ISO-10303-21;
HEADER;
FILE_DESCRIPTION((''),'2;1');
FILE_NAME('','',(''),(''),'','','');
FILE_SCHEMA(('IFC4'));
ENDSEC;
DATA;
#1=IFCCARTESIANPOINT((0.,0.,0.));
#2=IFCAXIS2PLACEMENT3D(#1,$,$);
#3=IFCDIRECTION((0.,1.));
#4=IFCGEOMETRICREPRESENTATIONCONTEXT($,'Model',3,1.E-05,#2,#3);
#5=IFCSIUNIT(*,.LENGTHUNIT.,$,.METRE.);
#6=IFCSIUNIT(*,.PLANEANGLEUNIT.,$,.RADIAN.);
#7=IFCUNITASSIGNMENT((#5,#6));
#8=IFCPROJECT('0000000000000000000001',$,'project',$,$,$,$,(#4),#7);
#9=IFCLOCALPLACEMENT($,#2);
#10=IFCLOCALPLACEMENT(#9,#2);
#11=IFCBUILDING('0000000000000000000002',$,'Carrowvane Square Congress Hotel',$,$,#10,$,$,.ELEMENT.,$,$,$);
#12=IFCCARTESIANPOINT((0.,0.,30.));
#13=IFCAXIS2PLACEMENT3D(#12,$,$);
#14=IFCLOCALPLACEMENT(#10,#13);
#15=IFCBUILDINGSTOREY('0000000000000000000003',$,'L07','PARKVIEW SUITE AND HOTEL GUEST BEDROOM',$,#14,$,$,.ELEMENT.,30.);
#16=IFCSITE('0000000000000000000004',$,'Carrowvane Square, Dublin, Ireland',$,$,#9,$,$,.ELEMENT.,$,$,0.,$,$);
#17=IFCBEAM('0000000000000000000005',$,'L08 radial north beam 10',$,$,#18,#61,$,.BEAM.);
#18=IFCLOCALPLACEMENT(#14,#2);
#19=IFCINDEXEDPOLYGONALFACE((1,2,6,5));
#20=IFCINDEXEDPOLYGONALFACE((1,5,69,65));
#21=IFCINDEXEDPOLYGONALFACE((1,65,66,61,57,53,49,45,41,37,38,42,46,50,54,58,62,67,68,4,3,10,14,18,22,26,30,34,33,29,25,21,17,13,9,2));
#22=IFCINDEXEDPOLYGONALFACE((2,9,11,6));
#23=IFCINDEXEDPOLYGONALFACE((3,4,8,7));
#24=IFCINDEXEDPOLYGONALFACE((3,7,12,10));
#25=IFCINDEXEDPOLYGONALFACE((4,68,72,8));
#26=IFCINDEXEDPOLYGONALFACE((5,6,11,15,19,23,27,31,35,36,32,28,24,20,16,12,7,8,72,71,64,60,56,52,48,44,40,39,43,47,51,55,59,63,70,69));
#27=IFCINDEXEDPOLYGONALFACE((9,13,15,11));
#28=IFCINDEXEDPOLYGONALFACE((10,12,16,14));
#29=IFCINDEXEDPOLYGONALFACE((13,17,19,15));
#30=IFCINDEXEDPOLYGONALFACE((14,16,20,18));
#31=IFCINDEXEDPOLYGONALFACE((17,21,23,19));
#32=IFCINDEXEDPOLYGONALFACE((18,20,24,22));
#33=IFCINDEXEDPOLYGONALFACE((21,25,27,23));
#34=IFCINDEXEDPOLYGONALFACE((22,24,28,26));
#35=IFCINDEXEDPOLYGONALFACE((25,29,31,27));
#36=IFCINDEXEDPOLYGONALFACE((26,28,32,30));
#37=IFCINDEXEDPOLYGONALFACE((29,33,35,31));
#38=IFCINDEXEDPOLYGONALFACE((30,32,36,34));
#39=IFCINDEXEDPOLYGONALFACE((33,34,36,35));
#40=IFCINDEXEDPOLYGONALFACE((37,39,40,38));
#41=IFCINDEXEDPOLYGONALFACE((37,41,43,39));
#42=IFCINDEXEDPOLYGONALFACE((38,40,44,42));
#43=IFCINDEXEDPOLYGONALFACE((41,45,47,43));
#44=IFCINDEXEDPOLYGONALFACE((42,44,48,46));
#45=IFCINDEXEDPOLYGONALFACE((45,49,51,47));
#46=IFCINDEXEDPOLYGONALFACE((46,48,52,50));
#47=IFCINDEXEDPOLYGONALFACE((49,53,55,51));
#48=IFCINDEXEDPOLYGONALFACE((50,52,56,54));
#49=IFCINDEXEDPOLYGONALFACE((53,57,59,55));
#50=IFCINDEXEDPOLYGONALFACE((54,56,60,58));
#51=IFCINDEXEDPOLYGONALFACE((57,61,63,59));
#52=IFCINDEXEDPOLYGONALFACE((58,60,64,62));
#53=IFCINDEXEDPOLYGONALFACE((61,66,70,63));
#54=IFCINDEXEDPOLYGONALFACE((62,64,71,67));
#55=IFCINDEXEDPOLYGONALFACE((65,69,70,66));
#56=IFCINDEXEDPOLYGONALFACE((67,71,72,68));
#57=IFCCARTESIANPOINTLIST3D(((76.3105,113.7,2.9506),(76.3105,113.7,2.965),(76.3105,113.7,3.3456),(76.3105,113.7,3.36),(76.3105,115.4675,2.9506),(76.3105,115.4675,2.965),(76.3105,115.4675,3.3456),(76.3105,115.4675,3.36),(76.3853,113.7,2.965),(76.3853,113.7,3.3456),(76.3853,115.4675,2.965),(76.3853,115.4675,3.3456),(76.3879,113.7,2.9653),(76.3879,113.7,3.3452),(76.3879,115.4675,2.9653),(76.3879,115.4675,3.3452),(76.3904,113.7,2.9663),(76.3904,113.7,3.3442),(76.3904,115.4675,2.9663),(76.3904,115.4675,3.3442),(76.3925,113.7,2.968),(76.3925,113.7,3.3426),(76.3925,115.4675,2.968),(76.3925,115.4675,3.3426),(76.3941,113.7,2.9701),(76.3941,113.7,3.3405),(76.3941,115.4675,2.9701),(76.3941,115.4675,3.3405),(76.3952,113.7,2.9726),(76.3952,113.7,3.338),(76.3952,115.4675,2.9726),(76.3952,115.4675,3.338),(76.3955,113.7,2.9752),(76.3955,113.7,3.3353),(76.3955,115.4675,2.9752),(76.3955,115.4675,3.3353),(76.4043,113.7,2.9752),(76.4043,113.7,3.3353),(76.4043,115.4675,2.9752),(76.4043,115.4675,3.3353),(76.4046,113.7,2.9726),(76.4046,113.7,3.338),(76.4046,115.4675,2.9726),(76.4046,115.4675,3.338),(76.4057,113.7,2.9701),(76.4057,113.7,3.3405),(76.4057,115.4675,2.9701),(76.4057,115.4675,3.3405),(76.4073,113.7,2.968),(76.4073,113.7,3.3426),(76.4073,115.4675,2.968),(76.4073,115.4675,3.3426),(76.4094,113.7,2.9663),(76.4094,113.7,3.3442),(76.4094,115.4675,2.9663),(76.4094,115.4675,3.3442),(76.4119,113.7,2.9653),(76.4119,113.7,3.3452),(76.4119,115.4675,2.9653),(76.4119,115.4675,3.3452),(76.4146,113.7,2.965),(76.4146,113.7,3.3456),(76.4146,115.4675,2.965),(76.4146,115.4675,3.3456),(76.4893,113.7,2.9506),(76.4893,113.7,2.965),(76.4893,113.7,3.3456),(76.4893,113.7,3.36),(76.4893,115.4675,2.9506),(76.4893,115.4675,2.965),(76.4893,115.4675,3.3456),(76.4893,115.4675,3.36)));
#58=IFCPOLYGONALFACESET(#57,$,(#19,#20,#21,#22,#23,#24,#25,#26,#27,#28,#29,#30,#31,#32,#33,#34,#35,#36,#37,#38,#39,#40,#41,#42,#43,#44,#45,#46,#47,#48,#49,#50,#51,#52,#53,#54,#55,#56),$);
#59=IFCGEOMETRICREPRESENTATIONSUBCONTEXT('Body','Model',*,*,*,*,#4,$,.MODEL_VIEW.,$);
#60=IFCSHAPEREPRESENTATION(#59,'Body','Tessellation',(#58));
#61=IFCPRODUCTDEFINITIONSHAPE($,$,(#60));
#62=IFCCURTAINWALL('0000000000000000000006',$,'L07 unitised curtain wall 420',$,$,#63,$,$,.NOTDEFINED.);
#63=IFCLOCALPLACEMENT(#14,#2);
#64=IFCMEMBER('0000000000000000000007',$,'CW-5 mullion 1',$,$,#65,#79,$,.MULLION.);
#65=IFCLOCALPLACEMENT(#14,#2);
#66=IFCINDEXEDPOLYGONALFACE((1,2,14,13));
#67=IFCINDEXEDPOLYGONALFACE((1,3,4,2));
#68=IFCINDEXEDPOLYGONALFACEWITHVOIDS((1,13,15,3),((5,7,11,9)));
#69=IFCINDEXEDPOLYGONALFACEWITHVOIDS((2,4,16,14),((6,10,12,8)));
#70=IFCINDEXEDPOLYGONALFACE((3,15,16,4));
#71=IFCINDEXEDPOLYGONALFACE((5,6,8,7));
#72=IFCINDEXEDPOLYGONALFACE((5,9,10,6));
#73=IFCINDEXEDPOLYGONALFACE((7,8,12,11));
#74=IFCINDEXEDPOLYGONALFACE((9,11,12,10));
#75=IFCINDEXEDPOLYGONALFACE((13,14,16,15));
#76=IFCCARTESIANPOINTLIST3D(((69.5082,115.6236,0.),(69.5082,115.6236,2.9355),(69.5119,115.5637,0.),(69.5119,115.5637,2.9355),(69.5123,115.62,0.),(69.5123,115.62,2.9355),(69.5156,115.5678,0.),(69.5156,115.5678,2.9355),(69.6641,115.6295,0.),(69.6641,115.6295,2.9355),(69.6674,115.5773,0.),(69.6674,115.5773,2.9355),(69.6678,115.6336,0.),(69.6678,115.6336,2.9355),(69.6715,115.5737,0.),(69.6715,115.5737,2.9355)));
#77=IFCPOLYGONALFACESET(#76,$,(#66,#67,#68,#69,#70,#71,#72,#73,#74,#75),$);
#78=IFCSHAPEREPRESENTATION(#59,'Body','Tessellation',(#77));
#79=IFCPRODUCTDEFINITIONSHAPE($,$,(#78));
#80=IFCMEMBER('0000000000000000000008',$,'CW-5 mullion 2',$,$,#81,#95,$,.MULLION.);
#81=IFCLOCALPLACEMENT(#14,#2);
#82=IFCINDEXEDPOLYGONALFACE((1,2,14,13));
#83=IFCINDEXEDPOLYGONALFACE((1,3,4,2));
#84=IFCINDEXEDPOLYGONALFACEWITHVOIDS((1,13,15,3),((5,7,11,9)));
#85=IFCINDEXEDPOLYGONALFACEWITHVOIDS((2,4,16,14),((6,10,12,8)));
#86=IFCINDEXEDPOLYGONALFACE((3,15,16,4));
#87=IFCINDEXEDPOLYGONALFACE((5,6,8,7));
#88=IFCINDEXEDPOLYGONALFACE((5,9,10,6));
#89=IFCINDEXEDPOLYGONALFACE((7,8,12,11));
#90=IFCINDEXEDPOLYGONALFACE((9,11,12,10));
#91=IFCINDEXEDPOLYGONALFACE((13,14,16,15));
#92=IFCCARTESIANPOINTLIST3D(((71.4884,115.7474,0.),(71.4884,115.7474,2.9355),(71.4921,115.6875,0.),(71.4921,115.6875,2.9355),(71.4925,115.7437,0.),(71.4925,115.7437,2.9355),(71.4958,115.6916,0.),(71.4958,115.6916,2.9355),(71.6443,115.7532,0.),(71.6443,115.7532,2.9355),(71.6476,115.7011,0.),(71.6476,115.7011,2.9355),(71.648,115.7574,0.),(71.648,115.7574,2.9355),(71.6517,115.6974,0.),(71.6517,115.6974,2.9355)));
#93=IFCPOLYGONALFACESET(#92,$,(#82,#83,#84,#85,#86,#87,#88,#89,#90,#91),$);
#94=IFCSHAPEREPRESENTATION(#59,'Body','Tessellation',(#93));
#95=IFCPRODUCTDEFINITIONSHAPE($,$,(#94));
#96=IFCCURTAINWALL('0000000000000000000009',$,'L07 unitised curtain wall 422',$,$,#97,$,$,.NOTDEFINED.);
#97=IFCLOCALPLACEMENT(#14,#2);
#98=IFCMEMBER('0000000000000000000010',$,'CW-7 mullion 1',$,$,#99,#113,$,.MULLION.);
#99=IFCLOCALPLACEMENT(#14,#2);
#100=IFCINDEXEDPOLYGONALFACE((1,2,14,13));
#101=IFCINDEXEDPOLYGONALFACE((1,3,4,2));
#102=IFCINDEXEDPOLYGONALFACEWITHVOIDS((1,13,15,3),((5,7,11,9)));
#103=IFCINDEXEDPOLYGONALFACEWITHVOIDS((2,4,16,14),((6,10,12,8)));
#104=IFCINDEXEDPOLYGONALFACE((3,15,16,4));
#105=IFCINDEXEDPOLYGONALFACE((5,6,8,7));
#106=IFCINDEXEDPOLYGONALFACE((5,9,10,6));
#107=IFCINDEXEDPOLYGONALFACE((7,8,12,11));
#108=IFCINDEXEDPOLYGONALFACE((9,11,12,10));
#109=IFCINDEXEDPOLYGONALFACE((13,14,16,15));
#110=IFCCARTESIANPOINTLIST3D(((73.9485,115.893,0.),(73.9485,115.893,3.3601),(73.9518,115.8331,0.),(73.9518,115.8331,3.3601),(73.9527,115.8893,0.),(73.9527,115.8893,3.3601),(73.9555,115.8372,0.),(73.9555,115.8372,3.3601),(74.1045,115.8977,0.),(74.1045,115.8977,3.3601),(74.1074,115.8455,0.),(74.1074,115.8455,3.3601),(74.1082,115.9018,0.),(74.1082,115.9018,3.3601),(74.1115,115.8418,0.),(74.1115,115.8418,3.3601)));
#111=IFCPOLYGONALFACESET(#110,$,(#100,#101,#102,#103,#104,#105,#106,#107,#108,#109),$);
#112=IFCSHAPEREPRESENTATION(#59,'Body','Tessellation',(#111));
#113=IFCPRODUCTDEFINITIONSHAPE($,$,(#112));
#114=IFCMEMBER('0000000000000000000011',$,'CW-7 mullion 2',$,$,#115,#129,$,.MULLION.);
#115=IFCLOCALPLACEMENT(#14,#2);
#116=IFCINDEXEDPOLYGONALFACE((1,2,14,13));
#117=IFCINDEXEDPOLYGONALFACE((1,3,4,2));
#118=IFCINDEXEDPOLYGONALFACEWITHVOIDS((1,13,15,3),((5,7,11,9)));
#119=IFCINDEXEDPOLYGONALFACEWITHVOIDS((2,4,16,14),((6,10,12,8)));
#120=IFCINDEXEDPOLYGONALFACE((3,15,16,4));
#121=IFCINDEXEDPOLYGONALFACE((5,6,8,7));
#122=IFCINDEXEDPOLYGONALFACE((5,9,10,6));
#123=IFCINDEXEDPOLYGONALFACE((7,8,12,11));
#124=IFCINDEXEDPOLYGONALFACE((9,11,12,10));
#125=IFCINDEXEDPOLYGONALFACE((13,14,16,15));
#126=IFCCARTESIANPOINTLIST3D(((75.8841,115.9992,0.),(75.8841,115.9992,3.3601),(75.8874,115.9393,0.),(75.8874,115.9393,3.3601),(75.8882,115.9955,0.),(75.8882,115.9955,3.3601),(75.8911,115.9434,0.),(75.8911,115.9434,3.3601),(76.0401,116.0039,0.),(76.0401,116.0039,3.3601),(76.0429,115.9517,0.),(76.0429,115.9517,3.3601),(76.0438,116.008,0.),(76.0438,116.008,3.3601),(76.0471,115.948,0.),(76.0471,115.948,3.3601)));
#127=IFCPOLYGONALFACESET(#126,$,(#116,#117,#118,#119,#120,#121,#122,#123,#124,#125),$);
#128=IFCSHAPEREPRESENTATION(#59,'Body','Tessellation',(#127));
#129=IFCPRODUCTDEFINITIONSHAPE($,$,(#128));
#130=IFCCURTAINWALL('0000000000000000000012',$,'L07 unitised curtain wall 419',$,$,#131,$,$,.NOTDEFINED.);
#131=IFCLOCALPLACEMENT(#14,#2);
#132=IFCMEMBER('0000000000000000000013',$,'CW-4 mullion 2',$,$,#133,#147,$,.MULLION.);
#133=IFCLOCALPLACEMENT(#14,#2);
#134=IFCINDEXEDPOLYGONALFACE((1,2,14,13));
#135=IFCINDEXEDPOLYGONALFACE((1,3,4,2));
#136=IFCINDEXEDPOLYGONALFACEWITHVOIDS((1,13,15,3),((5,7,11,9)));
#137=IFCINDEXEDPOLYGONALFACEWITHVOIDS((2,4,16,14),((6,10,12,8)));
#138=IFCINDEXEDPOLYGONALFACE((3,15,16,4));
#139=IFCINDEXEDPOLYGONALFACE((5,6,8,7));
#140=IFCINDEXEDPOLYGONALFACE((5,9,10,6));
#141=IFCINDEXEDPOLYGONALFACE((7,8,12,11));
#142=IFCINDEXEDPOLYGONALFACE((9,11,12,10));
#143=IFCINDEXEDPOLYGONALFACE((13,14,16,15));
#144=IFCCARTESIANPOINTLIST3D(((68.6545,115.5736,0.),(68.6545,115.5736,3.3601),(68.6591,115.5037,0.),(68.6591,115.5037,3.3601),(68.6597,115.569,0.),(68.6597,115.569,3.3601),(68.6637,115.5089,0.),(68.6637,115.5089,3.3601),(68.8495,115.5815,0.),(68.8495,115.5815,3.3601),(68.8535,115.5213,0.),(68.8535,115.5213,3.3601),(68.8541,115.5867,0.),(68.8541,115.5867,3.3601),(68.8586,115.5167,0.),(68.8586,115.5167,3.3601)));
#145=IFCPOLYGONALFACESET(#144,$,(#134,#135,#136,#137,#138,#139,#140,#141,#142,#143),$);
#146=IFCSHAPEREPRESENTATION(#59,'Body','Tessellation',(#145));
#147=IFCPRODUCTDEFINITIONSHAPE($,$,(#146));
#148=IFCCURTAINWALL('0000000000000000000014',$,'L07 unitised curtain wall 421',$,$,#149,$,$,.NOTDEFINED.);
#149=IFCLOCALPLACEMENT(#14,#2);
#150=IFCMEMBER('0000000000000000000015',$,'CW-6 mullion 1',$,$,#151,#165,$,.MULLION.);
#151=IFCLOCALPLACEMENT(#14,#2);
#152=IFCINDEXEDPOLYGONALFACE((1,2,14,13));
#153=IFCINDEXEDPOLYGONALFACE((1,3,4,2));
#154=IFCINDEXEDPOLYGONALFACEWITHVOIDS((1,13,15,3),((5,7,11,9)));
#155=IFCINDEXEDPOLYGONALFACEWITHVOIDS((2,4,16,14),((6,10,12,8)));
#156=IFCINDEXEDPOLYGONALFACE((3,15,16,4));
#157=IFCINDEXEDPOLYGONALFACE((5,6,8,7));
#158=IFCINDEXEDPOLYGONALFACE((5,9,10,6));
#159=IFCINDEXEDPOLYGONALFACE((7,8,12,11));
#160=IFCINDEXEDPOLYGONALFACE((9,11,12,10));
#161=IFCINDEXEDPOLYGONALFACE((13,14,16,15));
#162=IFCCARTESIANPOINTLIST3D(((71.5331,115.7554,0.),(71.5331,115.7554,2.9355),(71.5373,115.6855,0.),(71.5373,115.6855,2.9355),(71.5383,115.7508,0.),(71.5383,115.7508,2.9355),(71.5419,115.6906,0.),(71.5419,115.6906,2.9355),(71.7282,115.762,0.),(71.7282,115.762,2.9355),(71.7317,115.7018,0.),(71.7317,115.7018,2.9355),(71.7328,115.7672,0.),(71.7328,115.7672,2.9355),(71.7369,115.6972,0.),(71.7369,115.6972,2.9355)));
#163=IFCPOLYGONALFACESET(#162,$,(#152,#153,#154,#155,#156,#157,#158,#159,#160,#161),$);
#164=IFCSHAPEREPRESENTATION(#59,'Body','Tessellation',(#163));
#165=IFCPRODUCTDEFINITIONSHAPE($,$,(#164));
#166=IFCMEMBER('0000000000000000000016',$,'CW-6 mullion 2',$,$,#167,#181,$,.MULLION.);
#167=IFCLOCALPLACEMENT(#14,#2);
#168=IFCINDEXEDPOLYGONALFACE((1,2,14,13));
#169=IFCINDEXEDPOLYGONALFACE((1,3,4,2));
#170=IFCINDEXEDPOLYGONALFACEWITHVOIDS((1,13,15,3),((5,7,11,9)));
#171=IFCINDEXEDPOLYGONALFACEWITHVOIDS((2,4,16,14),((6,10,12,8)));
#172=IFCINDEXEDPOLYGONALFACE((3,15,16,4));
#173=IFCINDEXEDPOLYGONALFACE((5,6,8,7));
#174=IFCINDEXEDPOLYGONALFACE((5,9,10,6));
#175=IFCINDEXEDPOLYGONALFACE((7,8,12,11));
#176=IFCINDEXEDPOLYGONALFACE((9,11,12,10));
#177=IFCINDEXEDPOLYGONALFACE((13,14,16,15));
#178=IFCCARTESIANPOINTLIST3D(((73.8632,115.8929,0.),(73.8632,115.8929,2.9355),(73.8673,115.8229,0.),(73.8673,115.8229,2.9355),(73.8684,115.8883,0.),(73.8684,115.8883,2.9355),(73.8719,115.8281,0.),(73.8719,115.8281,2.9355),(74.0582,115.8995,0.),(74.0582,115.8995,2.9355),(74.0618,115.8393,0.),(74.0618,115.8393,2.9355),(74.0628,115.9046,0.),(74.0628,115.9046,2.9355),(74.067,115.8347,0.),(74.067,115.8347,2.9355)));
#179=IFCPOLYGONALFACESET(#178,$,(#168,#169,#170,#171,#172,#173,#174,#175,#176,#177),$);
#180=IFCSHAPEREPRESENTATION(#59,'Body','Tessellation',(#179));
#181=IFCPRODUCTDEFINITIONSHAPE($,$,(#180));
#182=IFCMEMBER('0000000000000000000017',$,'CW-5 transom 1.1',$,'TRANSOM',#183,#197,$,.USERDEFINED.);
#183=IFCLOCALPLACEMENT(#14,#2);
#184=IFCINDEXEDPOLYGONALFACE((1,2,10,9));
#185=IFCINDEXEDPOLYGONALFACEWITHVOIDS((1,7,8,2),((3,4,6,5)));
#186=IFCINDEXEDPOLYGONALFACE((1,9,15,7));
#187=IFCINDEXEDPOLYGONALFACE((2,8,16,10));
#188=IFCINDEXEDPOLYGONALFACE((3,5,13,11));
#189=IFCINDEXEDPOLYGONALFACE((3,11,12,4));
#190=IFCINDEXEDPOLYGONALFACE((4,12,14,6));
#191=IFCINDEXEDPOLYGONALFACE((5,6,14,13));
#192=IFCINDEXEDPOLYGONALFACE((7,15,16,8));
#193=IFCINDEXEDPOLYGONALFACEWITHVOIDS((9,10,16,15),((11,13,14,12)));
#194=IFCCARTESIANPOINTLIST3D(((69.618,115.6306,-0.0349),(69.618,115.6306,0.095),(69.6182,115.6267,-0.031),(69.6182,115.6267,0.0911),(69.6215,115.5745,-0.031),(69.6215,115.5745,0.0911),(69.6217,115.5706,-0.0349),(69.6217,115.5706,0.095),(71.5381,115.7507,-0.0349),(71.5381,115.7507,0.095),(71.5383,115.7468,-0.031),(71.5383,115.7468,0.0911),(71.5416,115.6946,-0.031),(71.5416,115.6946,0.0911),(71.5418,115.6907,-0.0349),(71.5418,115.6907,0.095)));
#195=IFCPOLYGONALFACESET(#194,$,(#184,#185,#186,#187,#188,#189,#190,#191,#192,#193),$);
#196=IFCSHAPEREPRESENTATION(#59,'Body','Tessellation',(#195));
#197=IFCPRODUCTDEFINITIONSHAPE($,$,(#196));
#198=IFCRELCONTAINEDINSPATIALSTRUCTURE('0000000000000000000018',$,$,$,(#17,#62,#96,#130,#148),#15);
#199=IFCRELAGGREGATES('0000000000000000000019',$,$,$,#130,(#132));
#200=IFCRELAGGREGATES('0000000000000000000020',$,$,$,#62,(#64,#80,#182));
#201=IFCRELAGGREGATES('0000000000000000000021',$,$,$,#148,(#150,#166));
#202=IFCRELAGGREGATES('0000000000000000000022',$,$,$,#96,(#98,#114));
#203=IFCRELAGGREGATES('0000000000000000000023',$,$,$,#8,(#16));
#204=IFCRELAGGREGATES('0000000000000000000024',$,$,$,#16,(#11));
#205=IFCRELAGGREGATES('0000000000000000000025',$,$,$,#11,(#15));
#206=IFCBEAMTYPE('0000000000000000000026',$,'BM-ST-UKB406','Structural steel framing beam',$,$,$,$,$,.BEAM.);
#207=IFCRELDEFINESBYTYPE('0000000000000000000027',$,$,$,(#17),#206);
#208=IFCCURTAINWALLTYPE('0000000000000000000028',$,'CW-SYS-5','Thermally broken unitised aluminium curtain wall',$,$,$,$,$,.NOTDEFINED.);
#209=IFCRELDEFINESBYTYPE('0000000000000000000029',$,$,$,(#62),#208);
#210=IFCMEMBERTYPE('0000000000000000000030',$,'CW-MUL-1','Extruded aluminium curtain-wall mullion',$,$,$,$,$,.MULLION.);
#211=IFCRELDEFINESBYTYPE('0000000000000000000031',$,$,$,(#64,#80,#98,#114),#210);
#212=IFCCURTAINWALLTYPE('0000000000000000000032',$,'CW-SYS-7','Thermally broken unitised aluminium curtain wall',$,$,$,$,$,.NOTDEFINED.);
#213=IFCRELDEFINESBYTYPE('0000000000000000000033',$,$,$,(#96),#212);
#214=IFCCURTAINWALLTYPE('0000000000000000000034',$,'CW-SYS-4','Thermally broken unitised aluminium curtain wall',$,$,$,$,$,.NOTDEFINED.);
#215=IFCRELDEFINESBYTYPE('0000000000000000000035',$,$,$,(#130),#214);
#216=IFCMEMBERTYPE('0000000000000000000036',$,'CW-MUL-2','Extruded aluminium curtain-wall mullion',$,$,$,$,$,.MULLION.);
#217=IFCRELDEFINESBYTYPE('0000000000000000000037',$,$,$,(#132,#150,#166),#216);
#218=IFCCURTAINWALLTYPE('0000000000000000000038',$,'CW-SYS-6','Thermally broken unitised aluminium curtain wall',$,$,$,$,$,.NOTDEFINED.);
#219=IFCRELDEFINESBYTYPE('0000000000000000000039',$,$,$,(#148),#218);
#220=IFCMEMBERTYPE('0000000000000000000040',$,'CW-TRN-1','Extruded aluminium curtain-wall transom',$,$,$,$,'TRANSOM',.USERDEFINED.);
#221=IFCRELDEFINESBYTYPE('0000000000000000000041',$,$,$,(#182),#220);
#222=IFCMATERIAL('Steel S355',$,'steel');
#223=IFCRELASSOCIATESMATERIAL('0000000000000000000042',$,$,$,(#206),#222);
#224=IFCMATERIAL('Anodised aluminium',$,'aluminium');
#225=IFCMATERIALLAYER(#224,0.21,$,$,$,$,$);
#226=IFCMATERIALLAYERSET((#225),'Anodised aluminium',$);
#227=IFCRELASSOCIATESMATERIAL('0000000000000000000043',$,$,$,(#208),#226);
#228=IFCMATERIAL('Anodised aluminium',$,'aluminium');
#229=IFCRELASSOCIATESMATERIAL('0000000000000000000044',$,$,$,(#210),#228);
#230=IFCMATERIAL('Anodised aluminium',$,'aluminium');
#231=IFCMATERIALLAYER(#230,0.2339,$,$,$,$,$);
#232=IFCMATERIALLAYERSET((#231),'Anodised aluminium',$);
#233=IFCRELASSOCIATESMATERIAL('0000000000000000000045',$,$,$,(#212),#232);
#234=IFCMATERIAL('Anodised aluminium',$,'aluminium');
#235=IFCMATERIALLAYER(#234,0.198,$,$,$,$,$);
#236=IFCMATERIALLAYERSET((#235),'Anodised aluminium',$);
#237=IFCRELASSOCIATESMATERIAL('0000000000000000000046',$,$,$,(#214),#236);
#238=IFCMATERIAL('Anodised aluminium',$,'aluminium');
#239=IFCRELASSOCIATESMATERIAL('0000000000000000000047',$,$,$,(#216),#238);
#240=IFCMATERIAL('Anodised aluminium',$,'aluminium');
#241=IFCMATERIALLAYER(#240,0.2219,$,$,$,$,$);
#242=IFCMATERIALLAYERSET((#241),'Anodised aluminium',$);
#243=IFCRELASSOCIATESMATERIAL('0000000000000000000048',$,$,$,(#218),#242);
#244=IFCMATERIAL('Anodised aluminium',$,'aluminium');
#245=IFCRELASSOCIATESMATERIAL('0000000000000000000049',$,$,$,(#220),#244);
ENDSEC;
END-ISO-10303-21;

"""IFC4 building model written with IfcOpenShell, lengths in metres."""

from ifc_helpers import new_model, si_unit, direction, frame, origin, origin_2d, place, context, subcontext, project, spatial, hollow_rectangle, i_section, extrude, material, layer, layer_set, material_profile, profile_set, type_object, element, aggregate, save


model = new_model("IFC4")

# Units and contexts
model_context = context("Model", 3, precision=1e-05, world=origin(), true_north=direction((0.0, 1.0)))
body_context = subcontext(model_context, "Body", "Model", "MODEL_VIEW")
ifc_project = project(units=[si_unit("LENGTHUNIT", "METRE"), si_unit("PLANEANGLEUNIT", "RADIAN")], contexts=[model_context])

# Site, building, storey
site_placement = place(None, origin())
site = spatial("IfcSite", under=ifc_project, at=site_placement, Name="Carrowvane Square, Dublin, Ireland", CompositionType="ELEMENT", RefElevation=0.0)
building_placement = place(site_placement, origin())
building = spatial("IfcBuilding", under=site, at=building_placement, Name="Carrowvane Square Congress Hotel", CompositionType="ELEMENT")
storey_placement = place(building_placement, frame((0.0, 0.0, 30.0)))
storey = spatial("IfcBuildingStorey", under=building, at=storey_placement, Name="L07", Description="PARKVIEW SUITE AND HOTEL GUEST BEDROOM", CompositionType="ELEMENT", Elevation=30.0)

# Beam
ifc_material_1 = material(Name="Steel S355", Category="steel")
ifc_material_profile_1 = material_profile(ifc_material_1, i_section(OverallWidth=0.1787, OverallDepth=0.4094, WebThickness=0.0088, FlangeThickness=0.0144, FilletRadius=0.0103, at=origin_2d()), Name="UKB 406x178x67")
ifc_profile_set_1 = profile_set([ifc_material_profile_1], Name="Steel S355")
beam_type = type_object("IfcBeamType", Name="BM-ST-UKB406", Description="Structural steel framing beam", PredefinedType="BEAM", material=ifc_profile_set_1)
beam_1_placement = place(storey_placement, frame((76.3999, 113.7, 3.1553), z_axis=(0.0, 1.0, 0.0), x_axis=(-1.0, 0.0, 0.0)))
element("IfcBeam", 1, at=beam_1_placement, inside=storey, type_object=beam_type, Name="L08 radial north beam 10", PredefinedType="BEAM", context=body_context, shape_type="SweptSolid", body=[
    extrude(i_section(OverallWidth=0.1787, OverallDepth=0.4094, WebThickness=0.0088, FlangeThickness=0.0144, FilletRadius=0.0103, at=origin_2d()), origin(), (0.0, 0.0, 1.0), 1.7676),
])

# Curtain walls, members
ifc_material_2 = material(Name="Anodised aluminium", Category="aluminium")
ifc_layer_1 = layer(ifc_material_2, 0.21)
ifc_layer_set_1 = layer_set([ifc_layer_1], Name="Anodised aluminium")
curtain_wall_type_1 = type_object("IfcCurtainWallType", Name="CW-SYS-5", Description="Thermally broken unitised aluminium curtain wall", PredefinedType="NOTDEFINED", material=ifc_layer_set_1)
curtain_wall_1_placement = place(storey_placement, origin())
curtain_wall_1 = element("IfcCurtainWall", 2, at=curtain_wall_1_placement, inside=storey, type_object=curtain_wall_type_1, Name="L07 unitised curtain wall 420", PredefinedType="NOTDEFINED")
ifc_material_3 = material(Name="Anodised aluminium", Category="aluminium")
ifc_material_profile_2 = material_profile(ifc_material_3, hollow_rectangle(XDim=0.0601, YDim=0.1599, WallThickness=0.0039, at=origin_2d()), Name="CW-ML 60x160x4")
ifc_profile_set_2 = profile_set([ifc_material_profile_2], Name="Anodised aluminium")
member_type_1 = type_object("IfcMemberType", Name="CW-MUL-1", Description="Extruded aluminium curtain-wall mullion", PredefinedType="MULLION", material=ifc_profile_set_2)
member_1_placement = place(storey_placement, frame((69.5898, 115.5986, 0.0), z_axis=(0.0, 0.0, 1.0), x_axis=(-0.062397, 0.998051, 0.0)))
member_1 = element("IfcMember", 3, at=member_1_placement, type_object=member_type_1, Name="CW-5 mullion 1", PredefinedType="MULLION", context=body_context, shape_type="SweptSolid", body=[
    extrude(hollow_rectangle(XDim=0.0601, YDim=0.1599, WallThickness=0.0039, at=origin_2d()), origin(), (0.0, 0.0, 1.0), 2.9355),
])
member_2_placement = place(storey_placement, frame((71.5701, 115.7224, 0.0), z_axis=(0.0, 0.0, 1.0), x_axis=(-0.062397, 0.998051, 0.0)))
member_2 = element("IfcMember", 4, at=member_2_placement, type_object=member_type_1, Name="CW-5 mullion 2", PredefinedType="MULLION", context=body_context, shape_type="SweptSolid", body=[
    extrude(hollow_rectangle(XDim=0.0601, YDim=0.1599, WallThickness=0.0039, at=origin_2d()), origin(), (0.0, 0.0, 1.0), 2.9355),
])
ifc_material_4 = material(Name="Anodised aluminium", Category="aluminium")
ifc_layer_2 = layer(ifc_material_4, 0.2339)
ifc_layer_set_2 = layer_set([ifc_layer_2], Name="Anodised aluminium")
curtain_wall_type_2 = type_object("IfcCurtainWallType", Name="CW-SYS-7", Description="Thermally broken unitised aluminium curtain wall", PredefinedType="NOTDEFINED", material=ifc_layer_set_2)
curtain_wall_2_placement = place(storey_placement, origin())
curtain_wall_2 = element("IfcCurtainWall", 5, at=curtain_wall_2_placement, inside=storey, type_object=curtain_wall_type_2, Name="L07 unitised curtain wall 422", PredefinedType="NOTDEFINED")
member_3_placement = place(storey_placement, frame((74.03, 115.8674, 0.0), z_axis=(0.0, 0.0, 1.0), x_axis=(-0.054816, 0.998496, 0.0)))
member_3 = element("IfcMember", 6, at=member_3_placement, type_object=member_type_1, Name="CW-7 mullion 1", PredefinedType="MULLION", context=body_context, shape_type="SweptSolid", body=[
    extrude(hollow_rectangle(XDim=0.0601, YDim=0.1599, WallThickness=0.0039, at=origin_2d()), origin(), (0.0, 0.0, 1.0), 3.3601),
])
member_4_placement = place(storey_placement, frame((75.9656, 115.9736, 0.0), z_axis=(0.0, 0.0, 1.0), x_axis=(-0.054816, 0.998496, 0.0)))
member_4 = element("IfcMember", 7, at=member_4_placement, type_object=member_type_1, Name="CW-7 mullion 2", PredefinedType="MULLION", context=body_context, shape_type="SweptSolid", body=[
    extrude(hollow_rectangle(XDim=0.0601, YDim=0.1599, WallThickness=0.0039, at=origin_2d()), origin(), (0.0, 0.0, 1.0), 3.3601),
])

# Curtain wall, member
ifc_material_5 = material(Name="Anodised aluminium", Category="aluminium")
ifc_layer_3 = layer(ifc_material_5, 0.198)
ifc_layer_set_3 = layer_set([ifc_layer_3], Name="Anodised aluminium")
curtain_wall_type_3 = type_object("IfcCurtainWallType", Name="CW-SYS-4", Description="Thermally broken unitised aluminium curtain wall", PredefinedType="NOTDEFINED", material=ifc_layer_set_3)
curtain_wall_3_placement = place(storey_placement, origin())
curtain_wall_3 = element("IfcCurtainWall", 8, at=curtain_wall_3_placement, inside=storey, type_object=curtain_wall_type_3, Name="L07 unitised curtain wall 419", PredefinedType="NOTDEFINED")
ifc_material_6 = material(Name="Anodised aluminium", Category="aluminium")
ifc_material_profile_3 = material_profile(ifc_material_6, hollow_rectangle(XDim=0.0701, YDim=0.2, WallThickness=0.0049, at=origin_2d()), Name="CW-ML 70x200x5")
ifc_profile_set_3 = profile_set([ifc_material_profile_3], Name="Anodised aluminium")
member_type_2 = type_object("IfcMemberType", Name="CW-MUL-2", Description="Extruded aluminium curtain-wall mullion", PredefinedType="MULLION", material=ifc_profile_set_3)
member_5_placement = place(storey_placement, frame((68.7566, 115.5452, 0.0), z_axis=(0.0, 0.0, 1.0), x_axis=(-0.065412, 0.997858, 0.0)))
member_5 = element("IfcMember", 9, at=member_5_placement, type_object=member_type_2, Name="CW-4 mullion 2", PredefinedType="MULLION", context=body_context, shape_type="SweptSolid", body=[
    extrude(hollow_rectangle(XDim=0.0701, YDim=0.2, WallThickness=0.0049, at=origin_2d()), origin(), (0.0, 0.0, 1.0), 3.3601),
])
aggregate(curtain_wall_3, [member_5])

# Curtain wall, members
ifc_material_7 = material(Name="Anodised aluminium", Category="aluminium")
ifc_layer_4 = layer(ifc_material_7, 0.2219)
ifc_layer_set_4 = layer_set([ifc_layer_4], Name="Anodised aluminium")
curtain_wall_type_4 = type_object("IfcCurtainWallType", Name="CW-SYS-6", Description="Thermally broken unitised aluminium curtain wall", PredefinedType="NOTDEFINED", material=ifc_layer_set_4)
curtain_wall_4_placement = place(storey_placement, origin())
curtain_wall_4 = element("IfcCurtainWall", 10, at=curtain_wall_4_placement, inside=storey, type_object=curtain_wall_type_4, Name="L07 unitised curtain wall 421", PredefinedType="NOTDEFINED")
member_6_placement = place(storey_placement, frame((71.635, 115.7263, 0.0), z_axis=(0.0, 0.0, 1.0), x_axis=(-0.058851, 0.998267, 0.0)))
member_6 = element("IfcMember", 11, at=member_6_placement, type_object=member_type_2, Name="CW-6 mullion 1", PredefinedType="MULLION", context=body_context, shape_type="SweptSolid", body=[
    extrude(hollow_rectangle(XDim=0.0701, YDim=0.2, WallThickness=0.0049, at=origin_2d()), origin(), (0.0, 0.0, 1.0), 2.9355),
])
member_7_placement = place(storey_placement, frame((73.9651, 115.8638, 0.0), z_axis=(0.0, 0.0, 1.0), x_axis=(-0.058851, 0.998267, 0.0)))
member_7 = element("IfcMember", 12, at=member_7_placement, type_object=member_type_2, Name="CW-6 mullion 2", PredefinedType="MULLION", context=body_context, shape_type="SweptSolid", body=[
    extrude(hollow_rectangle(XDim=0.0701, YDim=0.2, WallThickness=0.0049, at=origin_2d()), origin(), (0.0, 0.0, 1.0), 2.9355),
])

# Member
ifc_material_8 = material(Name="Anodised aluminium", Category="aluminium")
ifc_material_profile_4 = material_profile(ifc_material_8, hollow_rectangle(XDim=0.0601, YDim=0.1299, WallThickness=0.0039, at=origin_2d()), Name="CW-TR 60x130x4")
ifc_profile_set_4 = profile_set([ifc_material_profile_4], Name="Anodised aluminium")
member_type_3 = type_object("IfcMemberType", Name="CW-TRN-1", Description="Extruded aluminium curtain-wall transom", ElementType="TRANSOM", PredefinedType="USERDEFINED", material=ifc_profile_set_4)
member_8_placement = place(storey_placement, frame((69.6199, 115.6006, 0.03), z_axis=(0.998049, 0.062434, 0.0), x_axis=(-0.062434, 0.998049, 0.0)))
member_8 = element("IfcMember", 13, at=member_8_placement, type_object=member_type_3, Name="CW-5 transom 1.1", ObjectType="TRANSOM", PredefinedType="USERDEFINED", context=body_context, shape_type="SweptSolid", body=[
    extrude(hollow_rectangle(XDim=0.0601, YDim=0.1299, WallThickness=0.0039, at=origin_2d()), origin(), (0.0, 0.0, 1.0), 1.9238),
])

aggregate(curtain_wall_1, [member_1, member_2, member_8])
aggregate(curtain_wall_4, [member_6, member_7])
aggregate(curtain_wall_2, [member_3, member_4])

save(model, "model.ifc")
